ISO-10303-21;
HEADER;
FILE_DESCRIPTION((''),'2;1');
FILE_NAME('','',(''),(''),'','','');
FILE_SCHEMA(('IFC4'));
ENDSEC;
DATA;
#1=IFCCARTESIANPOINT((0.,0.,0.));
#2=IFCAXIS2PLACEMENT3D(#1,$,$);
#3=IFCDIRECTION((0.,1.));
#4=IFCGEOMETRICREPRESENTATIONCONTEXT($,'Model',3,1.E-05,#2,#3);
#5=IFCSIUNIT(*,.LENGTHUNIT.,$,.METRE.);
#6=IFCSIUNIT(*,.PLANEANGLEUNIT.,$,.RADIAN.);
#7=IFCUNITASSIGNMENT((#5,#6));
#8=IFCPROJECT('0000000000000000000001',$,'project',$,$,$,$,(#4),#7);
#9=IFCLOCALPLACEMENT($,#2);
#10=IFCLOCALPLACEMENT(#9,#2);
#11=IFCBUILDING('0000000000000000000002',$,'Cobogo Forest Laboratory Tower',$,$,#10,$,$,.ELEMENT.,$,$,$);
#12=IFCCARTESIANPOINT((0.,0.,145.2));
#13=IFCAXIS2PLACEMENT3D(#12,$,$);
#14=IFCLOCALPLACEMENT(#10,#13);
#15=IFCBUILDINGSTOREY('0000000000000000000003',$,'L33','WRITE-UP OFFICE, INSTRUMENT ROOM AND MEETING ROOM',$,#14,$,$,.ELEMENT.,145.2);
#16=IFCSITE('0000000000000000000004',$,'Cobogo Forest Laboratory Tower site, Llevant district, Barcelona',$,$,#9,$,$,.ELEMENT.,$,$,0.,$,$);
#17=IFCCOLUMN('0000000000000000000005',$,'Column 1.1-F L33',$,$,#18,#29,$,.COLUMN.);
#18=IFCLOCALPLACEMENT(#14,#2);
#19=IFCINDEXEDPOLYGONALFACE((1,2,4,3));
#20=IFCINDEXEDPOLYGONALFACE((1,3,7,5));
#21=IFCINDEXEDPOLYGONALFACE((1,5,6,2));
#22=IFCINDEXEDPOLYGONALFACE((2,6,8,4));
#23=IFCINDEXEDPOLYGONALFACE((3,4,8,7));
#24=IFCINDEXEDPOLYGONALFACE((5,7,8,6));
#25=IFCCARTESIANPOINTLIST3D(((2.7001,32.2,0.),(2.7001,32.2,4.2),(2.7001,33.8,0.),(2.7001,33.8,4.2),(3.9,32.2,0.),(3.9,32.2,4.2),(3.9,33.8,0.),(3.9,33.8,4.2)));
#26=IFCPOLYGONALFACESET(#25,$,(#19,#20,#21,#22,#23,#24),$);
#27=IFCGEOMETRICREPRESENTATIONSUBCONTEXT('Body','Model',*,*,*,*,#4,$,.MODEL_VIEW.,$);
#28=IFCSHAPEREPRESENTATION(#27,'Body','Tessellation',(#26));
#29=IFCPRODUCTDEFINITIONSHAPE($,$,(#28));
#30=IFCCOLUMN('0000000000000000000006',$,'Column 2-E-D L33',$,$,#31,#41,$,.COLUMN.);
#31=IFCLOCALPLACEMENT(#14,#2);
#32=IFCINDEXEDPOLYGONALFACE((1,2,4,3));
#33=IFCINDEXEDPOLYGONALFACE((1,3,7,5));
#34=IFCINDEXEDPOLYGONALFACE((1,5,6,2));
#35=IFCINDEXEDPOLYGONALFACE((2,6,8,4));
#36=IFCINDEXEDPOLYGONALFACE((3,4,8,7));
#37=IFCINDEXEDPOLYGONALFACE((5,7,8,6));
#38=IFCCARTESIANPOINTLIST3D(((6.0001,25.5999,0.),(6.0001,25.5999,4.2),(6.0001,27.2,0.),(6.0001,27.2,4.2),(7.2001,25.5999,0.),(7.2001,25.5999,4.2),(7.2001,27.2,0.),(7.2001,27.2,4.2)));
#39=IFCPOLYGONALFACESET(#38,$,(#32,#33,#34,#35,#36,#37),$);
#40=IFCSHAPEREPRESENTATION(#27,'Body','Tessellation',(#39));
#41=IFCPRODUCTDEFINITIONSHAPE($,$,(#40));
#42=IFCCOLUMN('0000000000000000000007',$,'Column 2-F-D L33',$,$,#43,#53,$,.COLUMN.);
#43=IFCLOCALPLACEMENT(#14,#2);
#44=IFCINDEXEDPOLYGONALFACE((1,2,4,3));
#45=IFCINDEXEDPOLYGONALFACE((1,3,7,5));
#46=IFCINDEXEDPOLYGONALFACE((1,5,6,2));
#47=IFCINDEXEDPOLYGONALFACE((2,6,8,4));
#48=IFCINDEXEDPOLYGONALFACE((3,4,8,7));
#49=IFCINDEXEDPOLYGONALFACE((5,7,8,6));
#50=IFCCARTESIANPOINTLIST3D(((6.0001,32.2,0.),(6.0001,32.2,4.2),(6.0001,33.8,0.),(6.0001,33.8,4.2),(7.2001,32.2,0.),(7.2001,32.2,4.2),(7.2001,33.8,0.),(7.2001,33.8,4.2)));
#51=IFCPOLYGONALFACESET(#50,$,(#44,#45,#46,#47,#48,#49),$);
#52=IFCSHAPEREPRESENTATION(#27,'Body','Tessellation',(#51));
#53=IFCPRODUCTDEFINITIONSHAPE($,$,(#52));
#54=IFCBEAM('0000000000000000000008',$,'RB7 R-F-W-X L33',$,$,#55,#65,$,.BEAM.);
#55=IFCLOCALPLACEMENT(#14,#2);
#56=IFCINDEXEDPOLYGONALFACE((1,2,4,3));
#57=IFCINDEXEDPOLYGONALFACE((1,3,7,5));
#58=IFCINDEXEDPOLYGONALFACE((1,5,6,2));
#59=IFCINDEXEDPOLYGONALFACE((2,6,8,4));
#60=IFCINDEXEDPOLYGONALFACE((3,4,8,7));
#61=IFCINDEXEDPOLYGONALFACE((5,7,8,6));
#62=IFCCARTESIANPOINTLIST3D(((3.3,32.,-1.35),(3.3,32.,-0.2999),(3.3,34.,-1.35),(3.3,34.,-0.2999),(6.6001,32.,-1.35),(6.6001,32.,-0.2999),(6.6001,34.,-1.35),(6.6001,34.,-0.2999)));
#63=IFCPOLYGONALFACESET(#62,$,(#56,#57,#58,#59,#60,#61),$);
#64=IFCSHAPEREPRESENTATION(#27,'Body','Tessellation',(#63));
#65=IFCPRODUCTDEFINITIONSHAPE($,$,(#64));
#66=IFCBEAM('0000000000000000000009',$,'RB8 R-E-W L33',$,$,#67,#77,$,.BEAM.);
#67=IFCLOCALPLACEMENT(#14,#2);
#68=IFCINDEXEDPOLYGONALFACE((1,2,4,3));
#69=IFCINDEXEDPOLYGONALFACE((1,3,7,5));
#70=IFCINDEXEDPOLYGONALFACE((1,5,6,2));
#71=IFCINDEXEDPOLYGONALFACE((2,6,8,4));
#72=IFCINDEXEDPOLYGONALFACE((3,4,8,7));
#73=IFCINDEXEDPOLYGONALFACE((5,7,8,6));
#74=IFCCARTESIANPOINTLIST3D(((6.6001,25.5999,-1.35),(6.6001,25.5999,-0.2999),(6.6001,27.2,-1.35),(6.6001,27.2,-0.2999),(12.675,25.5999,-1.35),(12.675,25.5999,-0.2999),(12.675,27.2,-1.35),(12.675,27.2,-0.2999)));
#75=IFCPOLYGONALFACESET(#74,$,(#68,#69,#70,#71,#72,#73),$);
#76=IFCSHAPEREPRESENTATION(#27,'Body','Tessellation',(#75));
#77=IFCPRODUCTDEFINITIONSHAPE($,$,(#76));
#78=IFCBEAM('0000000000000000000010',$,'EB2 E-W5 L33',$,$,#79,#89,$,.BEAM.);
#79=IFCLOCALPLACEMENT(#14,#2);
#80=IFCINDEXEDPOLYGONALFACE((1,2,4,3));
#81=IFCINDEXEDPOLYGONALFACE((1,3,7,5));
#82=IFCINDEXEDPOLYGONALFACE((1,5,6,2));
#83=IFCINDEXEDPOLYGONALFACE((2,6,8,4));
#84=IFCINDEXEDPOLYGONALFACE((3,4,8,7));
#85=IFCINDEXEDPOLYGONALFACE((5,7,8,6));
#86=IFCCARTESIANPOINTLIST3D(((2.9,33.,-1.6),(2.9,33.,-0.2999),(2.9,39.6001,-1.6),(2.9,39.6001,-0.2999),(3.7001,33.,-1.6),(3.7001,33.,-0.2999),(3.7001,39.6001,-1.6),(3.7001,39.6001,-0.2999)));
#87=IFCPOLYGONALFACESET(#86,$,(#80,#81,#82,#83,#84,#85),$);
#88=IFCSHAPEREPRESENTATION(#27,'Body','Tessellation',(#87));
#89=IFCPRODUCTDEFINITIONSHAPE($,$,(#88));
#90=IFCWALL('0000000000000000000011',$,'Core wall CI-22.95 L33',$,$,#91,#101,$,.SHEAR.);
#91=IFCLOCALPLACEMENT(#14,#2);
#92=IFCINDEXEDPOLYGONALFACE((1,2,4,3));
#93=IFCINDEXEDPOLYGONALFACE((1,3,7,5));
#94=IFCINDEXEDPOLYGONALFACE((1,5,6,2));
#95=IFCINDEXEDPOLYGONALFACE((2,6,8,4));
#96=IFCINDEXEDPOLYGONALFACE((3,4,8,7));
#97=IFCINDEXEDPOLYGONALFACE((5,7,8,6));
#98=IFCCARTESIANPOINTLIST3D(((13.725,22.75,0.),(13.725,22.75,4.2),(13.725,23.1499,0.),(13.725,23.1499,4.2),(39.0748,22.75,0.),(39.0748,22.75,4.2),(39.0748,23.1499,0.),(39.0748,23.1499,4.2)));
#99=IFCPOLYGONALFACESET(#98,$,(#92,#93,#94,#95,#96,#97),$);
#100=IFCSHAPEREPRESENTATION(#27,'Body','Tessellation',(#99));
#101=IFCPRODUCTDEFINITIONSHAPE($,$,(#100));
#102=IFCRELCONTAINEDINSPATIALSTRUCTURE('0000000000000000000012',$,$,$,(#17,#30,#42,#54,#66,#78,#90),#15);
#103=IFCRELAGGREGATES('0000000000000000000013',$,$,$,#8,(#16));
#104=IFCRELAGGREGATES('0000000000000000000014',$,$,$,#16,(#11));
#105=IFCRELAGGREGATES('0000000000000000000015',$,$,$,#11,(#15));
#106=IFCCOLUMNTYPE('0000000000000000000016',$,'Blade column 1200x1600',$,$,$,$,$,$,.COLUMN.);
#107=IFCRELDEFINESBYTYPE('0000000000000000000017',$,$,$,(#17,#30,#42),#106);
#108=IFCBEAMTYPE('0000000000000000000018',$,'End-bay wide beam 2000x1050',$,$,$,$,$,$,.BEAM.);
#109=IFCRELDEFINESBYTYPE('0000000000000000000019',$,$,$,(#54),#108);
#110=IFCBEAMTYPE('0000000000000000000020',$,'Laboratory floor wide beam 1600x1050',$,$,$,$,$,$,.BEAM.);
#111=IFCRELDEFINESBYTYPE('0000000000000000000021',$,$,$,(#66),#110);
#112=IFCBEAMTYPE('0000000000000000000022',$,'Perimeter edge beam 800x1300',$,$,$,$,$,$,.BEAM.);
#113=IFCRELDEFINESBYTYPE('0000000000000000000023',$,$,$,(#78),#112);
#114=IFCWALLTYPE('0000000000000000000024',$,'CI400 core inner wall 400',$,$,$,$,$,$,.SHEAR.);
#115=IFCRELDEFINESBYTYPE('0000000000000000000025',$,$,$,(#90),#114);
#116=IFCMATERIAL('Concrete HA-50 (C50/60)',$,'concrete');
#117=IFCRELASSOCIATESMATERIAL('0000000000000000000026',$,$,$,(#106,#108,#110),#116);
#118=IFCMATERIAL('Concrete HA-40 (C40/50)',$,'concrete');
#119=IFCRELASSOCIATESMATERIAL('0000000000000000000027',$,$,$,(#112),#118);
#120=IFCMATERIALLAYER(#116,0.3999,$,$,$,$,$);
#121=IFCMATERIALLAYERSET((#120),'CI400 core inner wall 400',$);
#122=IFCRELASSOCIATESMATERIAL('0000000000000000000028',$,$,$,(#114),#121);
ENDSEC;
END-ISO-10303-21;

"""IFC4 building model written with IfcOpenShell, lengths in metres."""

from ifc_helpers import new_model, si_unit, direction, frame, frame_2d, origin, origin_2d, place, context, subcontext, project, spatial, rectangle, extrude, material, layer, layer_set, material_profile, profile_set, type_object, element, save


model = new_model("IFC4")

# Units and contexts
model_context = context("Model", 3, precision=1e-05, world=origin(), true_north=direction((0.0, 1.0)))
body_context = subcontext(model_context, "Body", "Model", "MODEL_VIEW")
ifc_project = project(units=[si_unit("LENGTHUNIT", "METRE"), si_unit("PLANEANGLEUNIT", "RADIAN")], contexts=[model_context])

# Site, building, storey
site_placement = place(None, origin())
site = spatial("IfcSite", under=ifc_project, at=site_placement, Name="Cobogo Forest Laboratory Tower site, Llevant district, Barcelona", CompositionType="ELEMENT", RefElevation=0.0)
building_placement = place(site_placement, origin())
building = spatial("IfcBuilding", under=site, at=building_placement, Name="Cobogo Forest Laboratory Tower", CompositionType="ELEMENT")
storey_placement = place(building_placement, frame((0.0, 0.0, 145.2)))
storey = spatial("IfcBuildingStorey", under=building, at=storey_placement, Name="L33", Description="WRITE-UP OFFICE, INSTRUMENT ROOM AND MEETING ROOM", CompositionType="ELEMENT", Elevation=145.2)

# Columns
ifc_material_1 = material(Name="Concrete HA-50 (C50/60)", Category="concrete")
ifc_material_profile_1 = material_profile(ifc_material_1, rectangle(XDim=1.6001, YDim=1.2, at=origin_2d()), Name="RC 1200x1600")
ifc_profile_set_1 = profile_set([ifc_material_profile_1], Name="Concrete HA-50 (C50/60)")
column_type = type_object("IfcColumnType", Name="Blade column 1200x1600", PredefinedType="COLUMN", material=ifc_profile_set_1)
for number, where, z_axis, x_axis, name in (
    (1, (3.3, 33.0, 0.0), (0.0, 0.0, 1.0), (0.0, 1.0, 0.0), "Column 1.1-F L33"),
    (2, (6.6001, 26.3999, 0.0), (0.0, 0.0, 1.0), (0.0, 1.0, 0.0), "Column 2-E-D L33"),
    (3, (6.6001, 33.0, 0.0), (0.0, 0.0, 1.0), (0.0, 1.0, 0.0), "Column 2-F-D L33"),
):
    element("IfcColumn", number, at=place(storey_placement, frame(where, z_axis=z_axis, x_axis=x_axis)), inside=storey, type_object=column_type, Name=name, PredefinedType="COLUMN", context=body_context, shape_type="SweptSolid", body=[
        extrude(rectangle(XDim=1.6001, YDim=1.2, at=origin_2d()), origin(), (0.0, 0.0, 1.0), 4.2),
    ])

# Beams
ifc_material_profile_2 = material_profile(ifc_material_1, rectangle(XDim=2.0, YDim=1.05, at=origin_2d()), Name="RC 2000x1050")
ifc_profile_set_2 = profile_set([ifc_material_profile_2], Name="Concrete HA-50 (C50/60)")
beam_type_1 = type_object("IfcBeamType", Name="End-bay wide beam 2000x1050", PredefinedType="BEAM", material=ifc_profile_set_2)
beam_1_placement = place(storey_placement, frame((3.3, 33.0, -0.825), z_axis=(1.0, 0.0, 0.0), x_axis=(0.0, 1.0, 0.0)))
element("IfcBeam", 4, at=beam_1_placement, inside=storey, type_object=beam_type_1, Name="RB7 R-F-W-X L33", PredefinedType="BEAM", context=body_context, shape_type="SweptSolid", body=[
    extrude(rectangle(XDim=2.0, YDim=1.05, at=origin_2d()), origin(), (0.0, 0.0, 1.0), 3.3),
])
ifc_material_profile_3 = material_profile(ifc_material_1, rectangle(XDim=1.6001, YDim=1.05, at=origin_2d()), Name="RC 1600x1050")
ifc_profile_set_3 = profile_set([ifc_material_profile_3], Name="Concrete HA-50 (C50/60)")
beam_type_2 = type_object("IfcBeamType", Name="Laboratory floor wide beam 1600x1050", PredefinedType="BEAM", material=ifc_profile_set_3)
beam_2_placement = place(storey_placement, frame((12.675, 26.3999, -0.825), z_axis=(-1.0, 0.0, 0.0), x_axis=(0.0, -1.0, 0.0)))
element("IfcBeam", 5, at=beam_2_placement, inside=storey, type_object=beam_type_2, Name="RB8 R-E-W L33", PredefinedType="BEAM", context=body_context, shape_type="SweptSolid", body=[
    extrude(rectangle(XDim=1.6001, YDim=1.05, at=origin_2d()), origin(), (0.0, 0.0, 1.0), 6.075),
])
ifc_material_2 = material(Name="Concrete HA-40 (C40/50)", Category="concrete")
ifc_material_profile_4 = material_profile(ifc_material_2, rectangle(XDim=0.8, YDim=1.3, at=origin_2d()), Name="RC 800x1300")
ifc_profile_set_4 = profile_set([ifc_material_profile_4], Name="Concrete HA-40 (C40/50)")
beam_type_3 = type_object("IfcBeamType", Name="Perimeter edge beam 800x1300", PredefinedType="BEAM", material=ifc_profile_set_4)
beam_3_placement = place(storey_placement, frame((3.3, 33.0, -0.95), z_axis=(0.0, 1.0, 0.0), x_axis=(-1.0, 0.0, 0.0)))
element("IfcBeam", 6, at=beam_3_placement, inside=storey, type_object=beam_type_3, Name="EB2 E-W5 L33", PredefinedType="BEAM", context=body_context, shape_type="SweptSolid", body=[
    extrude(rectangle(XDim=0.8, YDim=1.3, at=origin_2d()), origin(), (0.0, 0.0, 1.0), 6.6001),
])

# Wall
ifc_layer_1 = layer(ifc_material_1, 0.3999)
ifc_layer_set_1 = layer_set([ifc_layer_1], Name="CI400 core inner wall 400")
wall_type_1 = type_object("IfcWallType", Name="CI400 core inner wall 400", PredefinedType="SHEAR", material=ifc_layer_set_1)
wall_1_placement = place(storey_placement, frame((13.7251, 22.95, 0.0), z_axis=(0.0, 0.0, 1.0), x_axis=(1.0, 0.0, 0.0)))
element("IfcWall", 7, at=wall_1_placement, inside=storey, type_object=wall_type_1, Name="Core wall CI-22.95 L33", PredefinedType="SHEAR", context=body_context, shape_type="SweptSolid", body=[
    extrude(rectangle(XDim=25.3499, YDim=0.3999, at=frame_2d((12.6748, 0.0))), origin(), (0.0, 0.0, 1.0), 4.2),
])

save(model, "model.ifc")
